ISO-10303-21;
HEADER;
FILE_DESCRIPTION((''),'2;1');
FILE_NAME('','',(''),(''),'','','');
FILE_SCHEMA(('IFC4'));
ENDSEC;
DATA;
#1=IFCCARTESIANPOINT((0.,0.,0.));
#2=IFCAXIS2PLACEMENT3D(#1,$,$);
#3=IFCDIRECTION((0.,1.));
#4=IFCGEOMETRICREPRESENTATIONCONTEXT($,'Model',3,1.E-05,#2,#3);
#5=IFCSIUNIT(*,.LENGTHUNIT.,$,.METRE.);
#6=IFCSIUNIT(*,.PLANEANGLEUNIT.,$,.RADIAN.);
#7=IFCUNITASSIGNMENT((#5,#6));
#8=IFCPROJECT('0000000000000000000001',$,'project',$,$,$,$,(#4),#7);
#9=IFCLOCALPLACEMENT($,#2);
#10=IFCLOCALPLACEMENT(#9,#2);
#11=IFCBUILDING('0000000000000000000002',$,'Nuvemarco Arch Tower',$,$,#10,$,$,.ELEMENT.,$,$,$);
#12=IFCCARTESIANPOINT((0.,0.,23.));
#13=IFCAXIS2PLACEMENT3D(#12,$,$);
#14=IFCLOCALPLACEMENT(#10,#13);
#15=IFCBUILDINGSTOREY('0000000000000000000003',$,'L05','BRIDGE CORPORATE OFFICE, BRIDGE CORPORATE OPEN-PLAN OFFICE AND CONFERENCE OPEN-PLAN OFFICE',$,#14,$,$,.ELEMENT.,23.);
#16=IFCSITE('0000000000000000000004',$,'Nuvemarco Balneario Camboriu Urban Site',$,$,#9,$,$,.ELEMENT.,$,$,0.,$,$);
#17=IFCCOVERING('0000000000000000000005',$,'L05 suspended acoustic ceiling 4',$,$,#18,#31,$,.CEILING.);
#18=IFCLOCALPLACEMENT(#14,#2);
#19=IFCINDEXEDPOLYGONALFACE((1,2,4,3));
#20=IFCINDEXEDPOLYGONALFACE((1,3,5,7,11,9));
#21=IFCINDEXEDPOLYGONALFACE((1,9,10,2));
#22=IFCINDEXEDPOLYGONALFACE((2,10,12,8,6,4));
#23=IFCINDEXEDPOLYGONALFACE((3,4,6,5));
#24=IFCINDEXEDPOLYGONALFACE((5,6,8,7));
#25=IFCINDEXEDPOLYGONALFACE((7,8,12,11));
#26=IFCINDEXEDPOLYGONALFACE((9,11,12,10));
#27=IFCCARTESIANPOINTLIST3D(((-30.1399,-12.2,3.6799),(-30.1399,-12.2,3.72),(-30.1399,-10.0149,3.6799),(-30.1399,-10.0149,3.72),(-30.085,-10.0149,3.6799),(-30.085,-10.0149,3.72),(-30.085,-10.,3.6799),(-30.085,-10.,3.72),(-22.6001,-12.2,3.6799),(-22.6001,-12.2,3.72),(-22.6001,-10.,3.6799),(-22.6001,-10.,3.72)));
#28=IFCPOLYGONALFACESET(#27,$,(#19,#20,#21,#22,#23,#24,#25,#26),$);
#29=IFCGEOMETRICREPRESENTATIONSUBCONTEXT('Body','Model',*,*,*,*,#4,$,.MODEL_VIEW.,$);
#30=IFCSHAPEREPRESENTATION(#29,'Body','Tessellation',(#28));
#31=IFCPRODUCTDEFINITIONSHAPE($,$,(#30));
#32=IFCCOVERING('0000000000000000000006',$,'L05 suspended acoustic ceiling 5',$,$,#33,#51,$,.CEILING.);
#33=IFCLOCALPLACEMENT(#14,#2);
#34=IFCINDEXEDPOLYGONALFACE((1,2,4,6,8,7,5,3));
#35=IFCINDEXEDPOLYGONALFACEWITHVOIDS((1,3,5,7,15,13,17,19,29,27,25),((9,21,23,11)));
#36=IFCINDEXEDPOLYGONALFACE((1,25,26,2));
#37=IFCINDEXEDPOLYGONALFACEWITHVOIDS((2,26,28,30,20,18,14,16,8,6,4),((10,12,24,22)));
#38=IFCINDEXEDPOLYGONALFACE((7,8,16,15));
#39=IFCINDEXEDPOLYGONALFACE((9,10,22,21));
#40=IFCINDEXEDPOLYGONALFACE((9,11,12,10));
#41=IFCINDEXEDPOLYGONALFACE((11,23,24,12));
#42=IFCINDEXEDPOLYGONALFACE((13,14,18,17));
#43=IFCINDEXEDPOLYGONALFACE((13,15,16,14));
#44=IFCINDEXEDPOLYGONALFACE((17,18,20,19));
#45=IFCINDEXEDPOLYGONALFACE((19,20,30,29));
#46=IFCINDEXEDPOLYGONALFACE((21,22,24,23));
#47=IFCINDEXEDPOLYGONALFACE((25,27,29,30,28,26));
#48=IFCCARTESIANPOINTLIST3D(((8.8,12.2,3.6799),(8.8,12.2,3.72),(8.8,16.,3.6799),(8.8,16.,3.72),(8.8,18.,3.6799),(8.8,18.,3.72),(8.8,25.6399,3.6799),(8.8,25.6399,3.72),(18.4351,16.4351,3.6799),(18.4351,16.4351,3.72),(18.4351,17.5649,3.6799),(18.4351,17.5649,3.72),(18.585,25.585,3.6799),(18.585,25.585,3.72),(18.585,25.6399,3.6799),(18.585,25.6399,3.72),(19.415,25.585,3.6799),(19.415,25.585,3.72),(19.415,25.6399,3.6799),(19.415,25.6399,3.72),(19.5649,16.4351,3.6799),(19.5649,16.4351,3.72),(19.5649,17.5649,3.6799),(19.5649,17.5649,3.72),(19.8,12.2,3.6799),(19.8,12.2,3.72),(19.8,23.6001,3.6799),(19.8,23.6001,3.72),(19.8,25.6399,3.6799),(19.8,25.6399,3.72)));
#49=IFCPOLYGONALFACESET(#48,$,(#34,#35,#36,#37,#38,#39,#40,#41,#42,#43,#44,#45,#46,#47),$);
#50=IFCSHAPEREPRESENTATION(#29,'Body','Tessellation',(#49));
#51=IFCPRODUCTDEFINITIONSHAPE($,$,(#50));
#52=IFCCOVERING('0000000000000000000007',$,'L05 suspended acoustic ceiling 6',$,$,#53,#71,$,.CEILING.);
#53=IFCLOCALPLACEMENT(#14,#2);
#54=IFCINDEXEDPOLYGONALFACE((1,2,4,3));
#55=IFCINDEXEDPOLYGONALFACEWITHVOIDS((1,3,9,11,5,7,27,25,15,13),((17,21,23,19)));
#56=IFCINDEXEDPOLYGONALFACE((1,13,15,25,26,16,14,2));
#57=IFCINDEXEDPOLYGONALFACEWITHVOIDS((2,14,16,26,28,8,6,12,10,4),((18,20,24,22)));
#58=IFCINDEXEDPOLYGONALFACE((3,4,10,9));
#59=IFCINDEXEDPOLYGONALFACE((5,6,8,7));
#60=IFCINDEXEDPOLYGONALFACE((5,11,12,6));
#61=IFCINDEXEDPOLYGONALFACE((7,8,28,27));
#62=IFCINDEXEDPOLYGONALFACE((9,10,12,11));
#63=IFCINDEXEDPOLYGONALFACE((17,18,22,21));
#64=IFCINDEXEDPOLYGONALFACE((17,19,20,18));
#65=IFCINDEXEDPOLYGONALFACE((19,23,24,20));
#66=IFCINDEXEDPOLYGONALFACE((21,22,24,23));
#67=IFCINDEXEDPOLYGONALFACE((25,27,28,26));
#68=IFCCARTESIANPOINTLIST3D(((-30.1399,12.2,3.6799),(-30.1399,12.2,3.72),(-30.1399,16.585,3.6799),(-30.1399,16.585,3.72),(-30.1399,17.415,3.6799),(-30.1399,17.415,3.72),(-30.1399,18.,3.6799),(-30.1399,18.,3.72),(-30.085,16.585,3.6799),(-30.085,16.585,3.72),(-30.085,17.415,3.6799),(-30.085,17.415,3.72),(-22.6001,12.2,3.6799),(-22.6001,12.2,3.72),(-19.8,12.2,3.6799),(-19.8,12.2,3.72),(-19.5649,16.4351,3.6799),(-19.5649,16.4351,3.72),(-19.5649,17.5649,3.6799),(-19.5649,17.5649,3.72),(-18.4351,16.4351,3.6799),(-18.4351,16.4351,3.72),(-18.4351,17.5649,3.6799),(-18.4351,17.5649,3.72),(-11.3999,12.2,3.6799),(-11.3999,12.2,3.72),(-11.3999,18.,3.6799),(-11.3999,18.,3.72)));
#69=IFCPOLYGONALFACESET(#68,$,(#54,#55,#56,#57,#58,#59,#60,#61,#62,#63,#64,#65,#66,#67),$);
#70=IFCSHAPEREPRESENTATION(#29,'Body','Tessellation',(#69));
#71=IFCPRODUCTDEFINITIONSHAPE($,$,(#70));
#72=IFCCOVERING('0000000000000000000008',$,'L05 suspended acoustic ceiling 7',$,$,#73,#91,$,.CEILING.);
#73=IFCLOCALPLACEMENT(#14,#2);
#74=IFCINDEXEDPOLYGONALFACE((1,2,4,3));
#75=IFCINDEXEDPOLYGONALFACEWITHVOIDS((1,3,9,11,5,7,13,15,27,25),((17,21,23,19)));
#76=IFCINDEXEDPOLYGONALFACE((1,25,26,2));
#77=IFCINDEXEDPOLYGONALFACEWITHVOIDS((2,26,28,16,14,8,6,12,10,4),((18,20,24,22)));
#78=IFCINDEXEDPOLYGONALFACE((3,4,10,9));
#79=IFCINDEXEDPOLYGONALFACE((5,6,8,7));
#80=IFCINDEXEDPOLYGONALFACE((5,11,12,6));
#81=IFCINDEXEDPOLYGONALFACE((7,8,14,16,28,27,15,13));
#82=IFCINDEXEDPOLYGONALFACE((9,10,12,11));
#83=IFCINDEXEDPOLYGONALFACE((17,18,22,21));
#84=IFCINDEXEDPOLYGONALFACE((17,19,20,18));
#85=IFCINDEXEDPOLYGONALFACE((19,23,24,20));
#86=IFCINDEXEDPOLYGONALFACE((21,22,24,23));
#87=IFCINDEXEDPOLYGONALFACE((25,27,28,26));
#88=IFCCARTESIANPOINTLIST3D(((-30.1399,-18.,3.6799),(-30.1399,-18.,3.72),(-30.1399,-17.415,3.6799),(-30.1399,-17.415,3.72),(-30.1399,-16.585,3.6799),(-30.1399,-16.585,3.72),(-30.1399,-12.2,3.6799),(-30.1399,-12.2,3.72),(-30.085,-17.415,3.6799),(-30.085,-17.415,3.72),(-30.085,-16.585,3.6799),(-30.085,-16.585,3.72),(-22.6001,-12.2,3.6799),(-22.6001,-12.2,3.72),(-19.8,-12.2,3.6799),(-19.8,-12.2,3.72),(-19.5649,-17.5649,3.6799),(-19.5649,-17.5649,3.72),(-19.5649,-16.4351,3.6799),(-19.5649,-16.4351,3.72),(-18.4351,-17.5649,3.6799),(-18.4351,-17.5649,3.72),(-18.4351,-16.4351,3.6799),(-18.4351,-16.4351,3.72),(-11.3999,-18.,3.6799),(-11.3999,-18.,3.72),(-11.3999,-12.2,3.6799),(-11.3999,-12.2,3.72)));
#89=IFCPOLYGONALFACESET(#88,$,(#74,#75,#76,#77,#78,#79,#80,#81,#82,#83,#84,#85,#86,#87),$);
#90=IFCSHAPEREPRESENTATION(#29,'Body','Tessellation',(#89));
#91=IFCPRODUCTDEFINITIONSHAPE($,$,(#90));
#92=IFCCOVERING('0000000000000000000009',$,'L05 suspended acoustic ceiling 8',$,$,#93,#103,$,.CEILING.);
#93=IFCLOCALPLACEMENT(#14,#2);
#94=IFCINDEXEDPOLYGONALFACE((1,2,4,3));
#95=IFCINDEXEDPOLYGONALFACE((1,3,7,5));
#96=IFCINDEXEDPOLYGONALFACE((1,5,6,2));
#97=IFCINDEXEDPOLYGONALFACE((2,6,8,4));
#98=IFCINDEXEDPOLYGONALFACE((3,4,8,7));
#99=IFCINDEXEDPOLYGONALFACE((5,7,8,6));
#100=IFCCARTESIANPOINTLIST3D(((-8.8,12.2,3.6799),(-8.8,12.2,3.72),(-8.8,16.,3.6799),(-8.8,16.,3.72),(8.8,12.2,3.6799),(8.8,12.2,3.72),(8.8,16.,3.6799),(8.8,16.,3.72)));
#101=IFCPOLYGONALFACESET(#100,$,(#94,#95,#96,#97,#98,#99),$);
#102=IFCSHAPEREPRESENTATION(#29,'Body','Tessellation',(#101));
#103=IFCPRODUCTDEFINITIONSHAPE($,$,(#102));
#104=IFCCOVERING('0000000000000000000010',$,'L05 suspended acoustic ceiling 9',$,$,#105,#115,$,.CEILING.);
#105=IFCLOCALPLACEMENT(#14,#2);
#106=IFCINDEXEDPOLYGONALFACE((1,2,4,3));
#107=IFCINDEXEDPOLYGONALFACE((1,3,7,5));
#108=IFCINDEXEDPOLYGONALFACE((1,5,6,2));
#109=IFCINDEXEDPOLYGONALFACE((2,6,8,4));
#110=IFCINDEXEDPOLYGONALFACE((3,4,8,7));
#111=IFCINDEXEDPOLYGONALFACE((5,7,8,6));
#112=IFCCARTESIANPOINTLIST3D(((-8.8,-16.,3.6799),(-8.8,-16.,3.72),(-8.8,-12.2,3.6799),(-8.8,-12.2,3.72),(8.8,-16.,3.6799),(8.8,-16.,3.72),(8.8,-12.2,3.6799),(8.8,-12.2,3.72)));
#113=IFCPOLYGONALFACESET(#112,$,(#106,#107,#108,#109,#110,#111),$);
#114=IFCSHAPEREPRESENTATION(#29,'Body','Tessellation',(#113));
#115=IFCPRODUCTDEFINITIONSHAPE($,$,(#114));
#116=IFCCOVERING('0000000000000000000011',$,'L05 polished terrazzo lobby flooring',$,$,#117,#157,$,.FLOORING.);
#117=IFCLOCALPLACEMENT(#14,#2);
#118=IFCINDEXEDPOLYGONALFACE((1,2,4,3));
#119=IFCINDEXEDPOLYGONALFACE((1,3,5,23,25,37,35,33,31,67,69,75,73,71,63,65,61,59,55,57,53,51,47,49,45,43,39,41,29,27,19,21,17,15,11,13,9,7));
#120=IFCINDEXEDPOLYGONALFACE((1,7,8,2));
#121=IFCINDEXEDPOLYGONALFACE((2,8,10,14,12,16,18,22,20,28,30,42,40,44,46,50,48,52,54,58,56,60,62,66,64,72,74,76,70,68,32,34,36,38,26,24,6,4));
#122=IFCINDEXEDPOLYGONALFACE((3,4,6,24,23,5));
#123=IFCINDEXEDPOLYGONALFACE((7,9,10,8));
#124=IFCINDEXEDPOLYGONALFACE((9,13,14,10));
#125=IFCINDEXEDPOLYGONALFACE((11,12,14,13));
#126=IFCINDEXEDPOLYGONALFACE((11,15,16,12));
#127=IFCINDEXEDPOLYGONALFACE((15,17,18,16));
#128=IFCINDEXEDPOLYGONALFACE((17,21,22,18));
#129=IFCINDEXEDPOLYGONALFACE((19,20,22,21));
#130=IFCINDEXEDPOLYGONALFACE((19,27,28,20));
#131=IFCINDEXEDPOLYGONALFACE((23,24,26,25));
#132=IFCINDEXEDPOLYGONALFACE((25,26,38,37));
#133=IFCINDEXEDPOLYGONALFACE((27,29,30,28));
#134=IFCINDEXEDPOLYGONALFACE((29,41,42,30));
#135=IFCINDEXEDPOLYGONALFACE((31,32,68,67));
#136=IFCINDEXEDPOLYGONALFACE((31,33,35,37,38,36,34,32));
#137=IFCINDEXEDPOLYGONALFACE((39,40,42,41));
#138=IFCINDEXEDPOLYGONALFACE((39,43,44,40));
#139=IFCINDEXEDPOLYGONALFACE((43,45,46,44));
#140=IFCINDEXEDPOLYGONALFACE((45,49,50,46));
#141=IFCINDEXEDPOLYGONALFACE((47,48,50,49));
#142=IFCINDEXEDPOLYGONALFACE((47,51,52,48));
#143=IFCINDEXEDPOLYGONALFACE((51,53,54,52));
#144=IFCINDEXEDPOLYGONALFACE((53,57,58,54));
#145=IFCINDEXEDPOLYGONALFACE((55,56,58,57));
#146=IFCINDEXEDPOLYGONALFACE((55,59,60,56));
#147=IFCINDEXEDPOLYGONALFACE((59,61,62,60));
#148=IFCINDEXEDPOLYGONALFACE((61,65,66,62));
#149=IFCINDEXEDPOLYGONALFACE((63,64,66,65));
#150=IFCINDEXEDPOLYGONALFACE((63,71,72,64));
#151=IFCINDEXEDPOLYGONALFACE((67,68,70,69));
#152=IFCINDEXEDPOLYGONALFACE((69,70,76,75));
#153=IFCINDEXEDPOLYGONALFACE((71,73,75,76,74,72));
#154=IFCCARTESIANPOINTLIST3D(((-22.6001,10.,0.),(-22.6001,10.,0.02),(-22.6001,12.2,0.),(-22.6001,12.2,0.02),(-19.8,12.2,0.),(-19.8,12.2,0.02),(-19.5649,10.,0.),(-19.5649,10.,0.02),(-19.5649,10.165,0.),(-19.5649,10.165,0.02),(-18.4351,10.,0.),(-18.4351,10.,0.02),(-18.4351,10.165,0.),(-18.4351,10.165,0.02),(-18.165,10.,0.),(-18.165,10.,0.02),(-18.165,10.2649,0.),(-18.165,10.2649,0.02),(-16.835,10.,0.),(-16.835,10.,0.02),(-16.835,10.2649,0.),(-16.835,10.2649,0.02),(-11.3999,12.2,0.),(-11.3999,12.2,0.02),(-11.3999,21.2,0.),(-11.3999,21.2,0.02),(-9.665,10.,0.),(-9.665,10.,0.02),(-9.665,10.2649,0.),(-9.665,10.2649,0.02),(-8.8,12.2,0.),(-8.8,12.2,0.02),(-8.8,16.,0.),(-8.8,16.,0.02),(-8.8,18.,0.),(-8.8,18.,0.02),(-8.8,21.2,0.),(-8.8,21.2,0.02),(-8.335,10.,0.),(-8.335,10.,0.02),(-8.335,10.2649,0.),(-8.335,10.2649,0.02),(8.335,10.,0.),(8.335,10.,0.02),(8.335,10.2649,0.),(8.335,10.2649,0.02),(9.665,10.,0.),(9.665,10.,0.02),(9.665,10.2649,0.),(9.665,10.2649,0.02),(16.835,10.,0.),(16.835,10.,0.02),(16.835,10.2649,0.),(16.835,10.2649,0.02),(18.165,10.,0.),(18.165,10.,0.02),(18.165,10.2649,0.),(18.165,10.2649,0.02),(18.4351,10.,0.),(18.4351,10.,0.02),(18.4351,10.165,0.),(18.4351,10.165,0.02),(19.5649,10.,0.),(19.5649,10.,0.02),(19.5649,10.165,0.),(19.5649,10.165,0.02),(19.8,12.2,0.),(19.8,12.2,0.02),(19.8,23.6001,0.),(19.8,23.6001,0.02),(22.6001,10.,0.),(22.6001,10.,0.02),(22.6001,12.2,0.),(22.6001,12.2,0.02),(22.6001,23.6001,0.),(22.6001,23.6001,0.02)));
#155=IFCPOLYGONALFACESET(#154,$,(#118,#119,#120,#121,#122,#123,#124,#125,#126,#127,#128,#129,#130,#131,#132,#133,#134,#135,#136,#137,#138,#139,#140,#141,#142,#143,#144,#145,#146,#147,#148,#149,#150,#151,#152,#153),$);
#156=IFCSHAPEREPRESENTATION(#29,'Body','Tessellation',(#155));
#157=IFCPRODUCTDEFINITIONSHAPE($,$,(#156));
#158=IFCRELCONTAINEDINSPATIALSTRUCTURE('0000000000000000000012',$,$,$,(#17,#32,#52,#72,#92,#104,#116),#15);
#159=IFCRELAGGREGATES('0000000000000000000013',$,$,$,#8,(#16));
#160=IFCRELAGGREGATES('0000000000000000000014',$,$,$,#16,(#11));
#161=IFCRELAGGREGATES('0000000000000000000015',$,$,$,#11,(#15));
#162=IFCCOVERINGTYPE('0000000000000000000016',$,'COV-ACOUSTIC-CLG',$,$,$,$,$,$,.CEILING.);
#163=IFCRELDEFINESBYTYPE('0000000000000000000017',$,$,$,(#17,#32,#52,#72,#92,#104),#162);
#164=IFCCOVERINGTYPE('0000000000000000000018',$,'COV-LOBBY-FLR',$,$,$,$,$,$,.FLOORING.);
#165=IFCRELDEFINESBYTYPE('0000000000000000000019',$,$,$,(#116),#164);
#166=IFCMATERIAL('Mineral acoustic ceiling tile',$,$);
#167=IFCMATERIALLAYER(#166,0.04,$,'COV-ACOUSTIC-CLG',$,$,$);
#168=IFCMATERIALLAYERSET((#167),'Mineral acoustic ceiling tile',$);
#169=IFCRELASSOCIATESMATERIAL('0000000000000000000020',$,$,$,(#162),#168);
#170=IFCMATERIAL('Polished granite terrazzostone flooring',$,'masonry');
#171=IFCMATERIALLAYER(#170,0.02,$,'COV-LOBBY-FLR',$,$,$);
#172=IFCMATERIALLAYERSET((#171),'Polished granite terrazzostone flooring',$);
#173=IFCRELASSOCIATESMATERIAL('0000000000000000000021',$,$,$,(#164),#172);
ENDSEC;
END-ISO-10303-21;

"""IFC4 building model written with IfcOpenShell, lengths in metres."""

from ifc_helpers import new_model, si_unit, direction, frame, origin, place, context, subcontext, project, spatial, polyline, outline, extrude, material, layer, layer_set, type_object, element, save


model = new_model("IFC4")

# Units and contexts
model_context = context("Model", 3, precision=1e-05, world=origin(), true_north=direction((0.0, 1.0)))
body_context = subcontext(model_context, "Body", "Model", "MODEL_VIEW")
ifc_project = project(units=[si_unit("LENGTHUNIT", "METRE"), si_unit("PLANEANGLEUNIT", "RADIAN")], contexts=[model_context])

# Site, building, storey
site_placement = place(None, origin())
site = spatial("IfcSite", under=ifc_project, at=site_placement, Name="Nuvemarco Balneario Camboriu Urban Site", CompositionType="ELEMENT", RefElevation=0.0)
building_placement = place(site_placement, origin())
building = spatial("IfcBuilding", under=site, at=building_placement, Name="Nuvemarco Arch Tower", CompositionType="ELEMENT")
storey_placement = place(building_placement, frame((0.0, 0.0, 23.0)))
storey = spatial("IfcBuildingStorey", under=building, at=storey_placement, Name="L05", Description="BRIDGE CORPORATE OFFICE, BRIDGE CORPORATE OPEN-PLAN OFFICE AND CONFERENCE OPEN-PLAN OFFICE", CompositionType="ELEMENT", Elevation=23.0)

# Coverings
ifc_material_1 = material(Name="Mineral acoustic ceiling tile")
ifc_layer_1 = layer(ifc_material_1, 0.04, Name="COV-ACOUSTIC-CLG")
ifc_layer_set_1 = layer_set([ifc_layer_1], Name="Mineral acoustic ceiling tile")
covering_type_1 = type_object("IfcCoveringType", Name="COV-ACOUSTIC-CLG", PredefinedType="CEILING", material=ifc_layer_set_1)
covering_1_placement = place(storey_placement, frame((0.0, 0.0, 3.6799)))
element("IfcCovering", 1, at=covering_1_placement, inside=storey, type_object=covering_type_1, Name="L05 suspended acoustic ceiling 4", PredefinedType="CEILING", context=body_context, shape_type="SweptSolid", body=[
    extrude(outline(polyline([(-30.1399, -10.0149), (-30.085, -10.0149), (-30.085, -10.0), (-22.6001, -10.0), (-22.6001, -12.2), (-30.1399, -12.2), (-30.1399, -10.0149)])), origin(), (0.0, 0.0, 1.0), 0.04),
])
covering_2_placement = place(storey_placement, frame((0.0, 0.0, 3.6799)))
element("IfcCovering", 2, at=covering_2_placement, inside=storey, type_object=covering_type_1, Name="L05 suspended acoustic ceiling 5", PredefinedType="CEILING", context=body_context, shape_type="SweptSolid", body=[
    extrude(outline(polyline([(18.585, 25.6399), (18.585, 25.585), (19.415, 25.585), (19.415, 25.6399), (19.8, 25.6399), (19.8, 23.6001), (19.8, 12.2), (8.8, 12.2), (8.8, 16.0), (8.8, 18.0), (8.8, 25.6399), (18.585, 25.6399)]), holes=[polyline([(19.5649, 16.4351), (19.5649, 17.5649), (18.4351, 17.5649), (18.4351, 16.4351), (19.5649, 16.4351)])]), origin(), (0.0, 0.0, 1.0), 0.04),
])
covering_3_placement = place(storey_placement, frame((0.0, 0.0, 3.6799)))
element("IfcCovering", 3, at=covering_3_placement, inside=storey, type_object=covering_type_1, Name="L05 suspended acoustic ceiling 6", PredefinedType="CEILING", context=body_context, shape_type="SweptSolid", body=[
    extrude(outline(polyline([(-30.1399, 16.585), (-30.085, 16.585), (-30.085, 17.415), (-30.1399, 17.415), (-30.1399, 18.0), (-11.3999, 18.0), (-11.3999, 12.2), (-19.8, 12.2), (-22.6001, 12.2), (-30.1399, 12.2), (-30.1399, 16.585)]), holes=[polyline([(-18.4351, 16.4351), (-18.4351, 17.5649), (-19.5649, 17.5649), (-19.5649, 16.4351), (-18.4351, 16.4351)])]), origin(), (0.0, 0.0, 1.0), 0.04),
])
covering_4_placement = place(storey_placement, frame((0.0, 0.0, 3.6799)))
element("IfcCovering", 4, at=covering_4_placement, inside=storey, type_object=covering_type_1, Name="L05 suspended acoustic ceiling 7", PredefinedType="CEILING", context=body_context, shape_type="SweptSolid", body=[
    extrude(outline(polyline([(-22.6001, -12.2), (-19.8, -12.2), (-11.3999, -12.2), (-11.3999, -18.0), (-30.1399, -18.0), (-30.1399, -17.415), (-30.085, -17.415), (-30.085, -16.585), (-30.1399, -16.585), (-30.1399, -12.2), (-22.6001, -12.2)]), holes=[polyline([(-18.4351, -17.5649), (-18.4351, -16.4351), (-19.5649, -16.4351), (-19.5649, -17.5649), (-18.4351, -17.5649)])]), origin(), (0.0, 0.0, 1.0), 0.04),
])
covering_5_placement = place(storey_placement, frame((0.0, 0.0, 3.6799)))
element("IfcCovering", 5, at=covering_5_placement, inside=storey, type_object=covering_type_1, Name="L05 suspended acoustic ceiling 8", PredefinedType="CEILING", context=body_context, shape_type="SweptSolid", body=[
    extrude(outline(polyline([(-8.8, 16.0), (8.8, 16.0), (8.8, 12.2), (-8.8, 12.2), (-8.8, 16.0)])), origin(), (0.0, 0.0, 1.0), 0.04),
])
covering_6_placement = place(storey_placement, frame((0.0, 0.0, 3.6799)))
element("IfcCovering", 6, at=covering_6_placement, inside=storey, type_object=covering_type_1, Name="L05 suspended acoustic ceiling 9", PredefinedType="CEILING", context=body_context, shape_type="SweptSolid", body=[
    extrude(outline(polyline([(-8.8, -12.2), (8.8, -12.2), (8.8, -16.0), (-8.8, -16.0), (-8.8, -12.2)])), origin(), (0.0, 0.0, 1.0), 0.04),
])
ifc_material_2 = material(Name="Polished granite terrazzostone flooring", Category="masonry")
ifc_layer_2 = layer(ifc_material_2, 0.02, Name="COV-LOBBY-FLR")
ifc_layer_set_2 = layer_set([ifc_layer_2], Name="Polished granite terrazzostone flooring")
covering_type_2 = type_object("IfcCoveringType", Name="COV-LOBBY-FLR", PredefinedType="FLOORING", material=ifc_layer_set_2)
covering_7_placement = place(storey_placement, origin())
element("IfcCovering", 7, at=covering_7_placement, inside=storey, type_object=covering_type_2, Name="L05 polished terrazzo lobby flooring", PredefinedType="FLOORING", context=body_context, shape_type="SweptSolid", body=[
    extrude(outline(polyline([(-22.6001, 12.2), (-19.8, 12.2), (-11.3999, 12.2), (-11.3999, 21.2), (-8.8, 21.2), (-8.8, 18.0), (-8.8, 16.0), (-8.8, 12.2), (19.8, 12.2), (19.8, 23.6001), (22.6001, 23.6001), (22.6001, 12.2), (22.6001, 10.0), (19.5649, 10.0), (19.5649, 10.165), (18.4351, 10.165), (18.4351, 10.0), (18.165, 10.0), (18.165, 10.2649), (16.835, 10.2649), (16.835, 10.0), (9.665, 10.0), (9.665, 10.2649), (8.335, 10.2649), (8.335, 10.0), (-8.335, 10.0), (-8.335, 10.2649), (-9.665, 10.2649), (-9.665, 10.0), (-16.835, 10.0), (-16.835, 10.2649), (-18.165, 10.2649), (-18.165, 10.0), (-18.4351, 10.0), (-18.4351, 10.165), (-19.5649, 10.165), (-19.5649, 10.0), (-22.6001, 10.0), (-22.6001, 12.2)])), origin(), (0.0, 0.0, 1.0), 0.02),
])

save(model, "model.ifc")
